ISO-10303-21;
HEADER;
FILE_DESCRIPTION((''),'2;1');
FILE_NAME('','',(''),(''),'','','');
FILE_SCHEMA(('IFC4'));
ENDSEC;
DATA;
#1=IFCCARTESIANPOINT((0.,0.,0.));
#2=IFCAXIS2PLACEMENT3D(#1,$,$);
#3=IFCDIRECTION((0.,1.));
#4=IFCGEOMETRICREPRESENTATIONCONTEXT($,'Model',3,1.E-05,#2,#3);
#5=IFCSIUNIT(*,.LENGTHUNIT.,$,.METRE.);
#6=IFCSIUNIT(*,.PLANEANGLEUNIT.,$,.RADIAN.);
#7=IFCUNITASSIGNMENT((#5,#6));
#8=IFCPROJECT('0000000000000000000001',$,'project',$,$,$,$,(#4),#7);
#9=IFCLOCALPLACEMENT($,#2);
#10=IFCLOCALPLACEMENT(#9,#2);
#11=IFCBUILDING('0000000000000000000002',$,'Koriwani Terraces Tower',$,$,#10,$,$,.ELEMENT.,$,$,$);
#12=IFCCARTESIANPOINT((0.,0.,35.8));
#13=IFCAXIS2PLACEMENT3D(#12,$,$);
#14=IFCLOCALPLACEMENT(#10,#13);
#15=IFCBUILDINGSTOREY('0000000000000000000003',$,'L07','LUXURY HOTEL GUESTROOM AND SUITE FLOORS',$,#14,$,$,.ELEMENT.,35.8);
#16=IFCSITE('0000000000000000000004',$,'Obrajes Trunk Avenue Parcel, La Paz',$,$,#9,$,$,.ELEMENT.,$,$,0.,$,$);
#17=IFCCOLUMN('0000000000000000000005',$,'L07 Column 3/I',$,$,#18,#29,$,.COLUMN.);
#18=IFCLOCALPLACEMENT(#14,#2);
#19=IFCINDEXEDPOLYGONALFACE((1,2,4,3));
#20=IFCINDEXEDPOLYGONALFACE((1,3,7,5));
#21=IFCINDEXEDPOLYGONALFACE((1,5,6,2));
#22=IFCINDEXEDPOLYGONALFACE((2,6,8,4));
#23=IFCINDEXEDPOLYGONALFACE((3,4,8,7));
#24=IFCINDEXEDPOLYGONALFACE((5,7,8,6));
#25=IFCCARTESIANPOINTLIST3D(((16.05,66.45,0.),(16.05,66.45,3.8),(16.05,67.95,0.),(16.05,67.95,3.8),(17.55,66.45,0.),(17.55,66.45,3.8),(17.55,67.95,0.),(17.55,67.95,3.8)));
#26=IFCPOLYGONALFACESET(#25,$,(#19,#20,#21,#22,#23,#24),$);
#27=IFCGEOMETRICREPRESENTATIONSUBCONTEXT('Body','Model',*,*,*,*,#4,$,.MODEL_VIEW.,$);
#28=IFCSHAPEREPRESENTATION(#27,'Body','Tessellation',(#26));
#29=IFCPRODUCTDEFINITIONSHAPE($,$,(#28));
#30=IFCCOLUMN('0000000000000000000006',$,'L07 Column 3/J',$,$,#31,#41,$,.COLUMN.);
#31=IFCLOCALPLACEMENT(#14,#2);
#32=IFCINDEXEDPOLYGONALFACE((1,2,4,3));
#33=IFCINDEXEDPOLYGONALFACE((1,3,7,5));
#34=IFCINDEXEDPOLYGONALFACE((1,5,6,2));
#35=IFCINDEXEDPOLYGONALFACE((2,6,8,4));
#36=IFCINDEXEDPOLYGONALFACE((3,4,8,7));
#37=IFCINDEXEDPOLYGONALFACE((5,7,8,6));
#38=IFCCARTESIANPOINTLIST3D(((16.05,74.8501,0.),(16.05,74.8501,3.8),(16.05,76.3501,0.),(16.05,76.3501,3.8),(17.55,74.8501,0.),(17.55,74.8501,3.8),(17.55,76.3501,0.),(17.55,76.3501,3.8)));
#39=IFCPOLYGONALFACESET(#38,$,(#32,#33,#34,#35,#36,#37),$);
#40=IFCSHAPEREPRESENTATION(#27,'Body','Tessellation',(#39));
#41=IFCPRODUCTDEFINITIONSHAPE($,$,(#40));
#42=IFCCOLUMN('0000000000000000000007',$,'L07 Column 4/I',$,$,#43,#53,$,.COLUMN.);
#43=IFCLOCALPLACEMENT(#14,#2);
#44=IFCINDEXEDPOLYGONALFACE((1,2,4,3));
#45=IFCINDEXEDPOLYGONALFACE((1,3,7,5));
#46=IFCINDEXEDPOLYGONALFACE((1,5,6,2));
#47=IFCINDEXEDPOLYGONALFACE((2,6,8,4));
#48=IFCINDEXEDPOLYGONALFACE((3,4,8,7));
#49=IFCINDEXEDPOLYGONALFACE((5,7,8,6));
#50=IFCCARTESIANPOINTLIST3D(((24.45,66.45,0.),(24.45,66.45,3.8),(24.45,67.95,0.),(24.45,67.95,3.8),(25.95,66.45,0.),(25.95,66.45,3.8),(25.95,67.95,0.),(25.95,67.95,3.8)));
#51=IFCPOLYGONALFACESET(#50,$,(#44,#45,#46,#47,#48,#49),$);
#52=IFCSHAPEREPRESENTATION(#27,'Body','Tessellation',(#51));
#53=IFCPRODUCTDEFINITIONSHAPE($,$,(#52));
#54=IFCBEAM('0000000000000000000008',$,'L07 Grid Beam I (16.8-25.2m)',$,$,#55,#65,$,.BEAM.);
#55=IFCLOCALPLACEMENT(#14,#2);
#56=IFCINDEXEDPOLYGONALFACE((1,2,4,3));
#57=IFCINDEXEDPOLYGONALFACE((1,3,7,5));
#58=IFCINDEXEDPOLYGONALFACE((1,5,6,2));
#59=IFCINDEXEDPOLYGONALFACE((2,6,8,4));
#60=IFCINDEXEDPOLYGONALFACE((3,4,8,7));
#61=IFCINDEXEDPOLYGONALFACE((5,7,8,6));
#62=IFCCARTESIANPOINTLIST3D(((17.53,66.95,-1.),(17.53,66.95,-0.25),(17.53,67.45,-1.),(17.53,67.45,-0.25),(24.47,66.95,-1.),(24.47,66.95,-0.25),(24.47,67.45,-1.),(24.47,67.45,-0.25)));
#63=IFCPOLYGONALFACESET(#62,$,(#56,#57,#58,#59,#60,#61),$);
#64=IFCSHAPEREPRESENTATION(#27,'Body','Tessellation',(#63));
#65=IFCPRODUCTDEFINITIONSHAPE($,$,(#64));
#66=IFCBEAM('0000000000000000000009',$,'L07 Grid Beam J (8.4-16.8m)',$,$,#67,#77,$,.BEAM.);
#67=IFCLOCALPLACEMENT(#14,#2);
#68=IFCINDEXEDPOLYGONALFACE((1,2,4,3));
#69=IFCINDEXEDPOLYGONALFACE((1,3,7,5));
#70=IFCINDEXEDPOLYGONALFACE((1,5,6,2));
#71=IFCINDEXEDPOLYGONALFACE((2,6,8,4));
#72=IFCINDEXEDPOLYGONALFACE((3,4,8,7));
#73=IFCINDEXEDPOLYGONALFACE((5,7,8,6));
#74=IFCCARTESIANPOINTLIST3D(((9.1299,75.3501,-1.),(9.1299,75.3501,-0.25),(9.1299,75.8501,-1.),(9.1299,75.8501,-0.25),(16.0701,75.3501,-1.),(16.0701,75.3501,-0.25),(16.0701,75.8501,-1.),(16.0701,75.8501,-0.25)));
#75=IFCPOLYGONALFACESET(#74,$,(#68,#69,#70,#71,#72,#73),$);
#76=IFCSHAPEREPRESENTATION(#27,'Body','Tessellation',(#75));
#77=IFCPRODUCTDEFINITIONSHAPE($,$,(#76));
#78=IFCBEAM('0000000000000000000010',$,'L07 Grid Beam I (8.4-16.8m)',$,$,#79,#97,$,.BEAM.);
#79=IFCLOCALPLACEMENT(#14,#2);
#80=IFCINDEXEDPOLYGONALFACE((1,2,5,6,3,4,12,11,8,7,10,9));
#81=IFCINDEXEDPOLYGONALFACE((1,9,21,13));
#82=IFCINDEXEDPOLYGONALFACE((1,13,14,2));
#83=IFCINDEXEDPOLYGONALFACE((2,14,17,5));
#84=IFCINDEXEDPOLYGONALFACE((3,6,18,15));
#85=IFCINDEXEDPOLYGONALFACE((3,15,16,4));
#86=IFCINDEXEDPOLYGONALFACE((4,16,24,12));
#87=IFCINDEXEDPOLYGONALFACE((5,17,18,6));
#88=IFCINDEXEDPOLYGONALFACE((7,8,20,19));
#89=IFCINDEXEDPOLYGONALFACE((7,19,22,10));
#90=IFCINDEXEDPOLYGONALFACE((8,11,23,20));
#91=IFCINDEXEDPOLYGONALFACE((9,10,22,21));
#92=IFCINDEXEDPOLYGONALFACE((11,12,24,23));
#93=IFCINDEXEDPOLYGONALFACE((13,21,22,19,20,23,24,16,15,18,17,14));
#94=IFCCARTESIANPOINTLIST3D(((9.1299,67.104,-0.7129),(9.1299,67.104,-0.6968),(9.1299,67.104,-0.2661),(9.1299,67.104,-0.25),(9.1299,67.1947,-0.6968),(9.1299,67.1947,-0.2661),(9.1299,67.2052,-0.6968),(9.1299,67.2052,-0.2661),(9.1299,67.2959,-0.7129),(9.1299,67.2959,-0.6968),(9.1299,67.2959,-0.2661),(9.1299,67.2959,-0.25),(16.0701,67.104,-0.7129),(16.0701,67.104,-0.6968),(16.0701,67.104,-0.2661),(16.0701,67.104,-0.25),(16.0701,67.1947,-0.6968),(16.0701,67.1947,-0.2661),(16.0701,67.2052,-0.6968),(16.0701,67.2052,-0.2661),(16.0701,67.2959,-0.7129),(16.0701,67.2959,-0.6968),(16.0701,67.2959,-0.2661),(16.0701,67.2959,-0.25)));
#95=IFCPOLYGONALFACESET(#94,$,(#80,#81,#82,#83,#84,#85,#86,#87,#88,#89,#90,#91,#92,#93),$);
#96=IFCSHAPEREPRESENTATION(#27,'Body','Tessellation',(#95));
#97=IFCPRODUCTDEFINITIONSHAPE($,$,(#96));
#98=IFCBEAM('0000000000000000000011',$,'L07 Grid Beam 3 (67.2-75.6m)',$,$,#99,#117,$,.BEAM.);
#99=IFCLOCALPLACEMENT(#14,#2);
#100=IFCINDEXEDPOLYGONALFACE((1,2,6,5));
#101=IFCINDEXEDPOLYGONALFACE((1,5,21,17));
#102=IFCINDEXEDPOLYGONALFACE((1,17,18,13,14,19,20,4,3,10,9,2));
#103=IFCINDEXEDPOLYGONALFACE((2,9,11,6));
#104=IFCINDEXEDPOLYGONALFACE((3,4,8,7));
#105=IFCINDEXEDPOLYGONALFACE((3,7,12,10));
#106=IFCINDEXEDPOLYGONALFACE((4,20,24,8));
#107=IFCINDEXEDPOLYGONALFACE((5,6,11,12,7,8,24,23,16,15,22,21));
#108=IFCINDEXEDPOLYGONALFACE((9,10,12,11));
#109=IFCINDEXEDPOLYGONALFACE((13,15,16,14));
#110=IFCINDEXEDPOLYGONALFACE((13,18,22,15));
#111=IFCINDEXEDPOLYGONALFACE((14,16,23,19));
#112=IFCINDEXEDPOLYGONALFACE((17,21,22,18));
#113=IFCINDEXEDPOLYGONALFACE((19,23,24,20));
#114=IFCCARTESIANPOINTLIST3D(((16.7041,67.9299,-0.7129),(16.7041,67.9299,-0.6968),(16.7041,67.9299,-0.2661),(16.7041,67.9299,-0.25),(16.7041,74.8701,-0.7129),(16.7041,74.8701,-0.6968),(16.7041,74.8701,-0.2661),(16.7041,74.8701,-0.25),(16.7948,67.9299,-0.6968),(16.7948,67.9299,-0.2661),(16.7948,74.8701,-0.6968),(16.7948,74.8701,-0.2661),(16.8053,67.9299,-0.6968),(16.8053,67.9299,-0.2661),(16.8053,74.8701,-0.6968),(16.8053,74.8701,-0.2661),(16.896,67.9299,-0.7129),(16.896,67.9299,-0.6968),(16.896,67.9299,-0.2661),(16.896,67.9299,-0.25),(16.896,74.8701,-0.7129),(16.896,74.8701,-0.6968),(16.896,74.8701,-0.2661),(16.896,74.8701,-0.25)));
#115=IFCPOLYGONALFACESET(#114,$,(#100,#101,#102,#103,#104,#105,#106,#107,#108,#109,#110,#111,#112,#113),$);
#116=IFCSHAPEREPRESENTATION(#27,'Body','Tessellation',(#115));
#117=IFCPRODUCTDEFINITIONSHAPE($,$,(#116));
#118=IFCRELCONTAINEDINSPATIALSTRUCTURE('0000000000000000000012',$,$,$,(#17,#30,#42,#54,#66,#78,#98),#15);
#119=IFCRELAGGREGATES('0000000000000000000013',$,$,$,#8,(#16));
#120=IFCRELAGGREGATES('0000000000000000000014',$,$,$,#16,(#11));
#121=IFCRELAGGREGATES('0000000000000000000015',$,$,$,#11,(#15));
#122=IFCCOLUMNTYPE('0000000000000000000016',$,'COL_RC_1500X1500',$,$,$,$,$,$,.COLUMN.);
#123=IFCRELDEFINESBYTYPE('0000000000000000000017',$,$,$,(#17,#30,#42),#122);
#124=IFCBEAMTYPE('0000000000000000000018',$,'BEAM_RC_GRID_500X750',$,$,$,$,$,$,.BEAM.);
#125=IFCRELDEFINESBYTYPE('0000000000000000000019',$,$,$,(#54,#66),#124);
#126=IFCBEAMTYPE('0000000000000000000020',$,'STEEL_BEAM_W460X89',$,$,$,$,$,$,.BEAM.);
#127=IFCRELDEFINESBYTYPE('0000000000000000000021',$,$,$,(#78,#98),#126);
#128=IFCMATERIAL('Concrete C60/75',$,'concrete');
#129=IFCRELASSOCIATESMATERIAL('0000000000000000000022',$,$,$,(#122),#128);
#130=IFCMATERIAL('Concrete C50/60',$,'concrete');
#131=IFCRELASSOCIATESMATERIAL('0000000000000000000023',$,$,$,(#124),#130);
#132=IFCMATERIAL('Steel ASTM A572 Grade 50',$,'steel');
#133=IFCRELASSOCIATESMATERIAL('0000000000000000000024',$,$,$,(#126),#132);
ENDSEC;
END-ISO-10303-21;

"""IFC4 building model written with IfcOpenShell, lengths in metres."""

from ifc_helpers import new_model, si_unit, direction, frame, origin, origin_2d, place, context, subcontext, project, spatial, rectangle, i_section, extrude, material, material_profile, profile_set, type_object, element, save


model = new_model("IFC4")

# Units and contexts
model_context = context("Model", 3, precision=1e-05, world=origin(), true_north=direction((0.0, 1.0)))
body_context = subcontext(model_context, "Body", "Model", "MODEL_VIEW")
ifc_project = project(units=[si_unit("LENGTHUNIT", "METRE"), si_unit("PLANEANGLEUNIT", "RADIAN")], contexts=[model_context])

# Site, building, storey
site_placement = place(None, origin())
site = spatial("IfcSite", under=ifc_project, at=site_placement, Name="Obrajes Trunk Avenue Parcel, La Paz", CompositionType="ELEMENT", RefElevation=0.0)
building_placement = place(site_placement, origin())
building = spatial("IfcBuilding", under=site, at=building_placement, Name="Koriwani Terraces Tower", CompositionType="ELEMENT")
storey_placement = place(building_placement, frame((0.0, 0.0, 35.8)))
storey = spatial("IfcBuildingStorey", under=building, at=storey_placement, Name="L07", Description="LUXURY HOTEL GUESTROOM AND SUITE FLOORS", CompositionType="ELEMENT", Elevation=35.8)

# Columns
ifc_material_1 = material(Name="Concrete C60/75", Category="concrete")
ifc_material_profile_1 = material_profile(ifc_material_1, rectangle(XDim=1.5, YDim=1.5, at=origin_2d()), Name="Concrete C60/75", Category="LoadBearing")
ifc_profile_set_1 = profile_set([ifc_material_profile_1], Name="Concrete C60/75")
column_type = type_object("IfcColumnType", Name="COL_RC_1500X1500", PredefinedType="COLUMN", material=ifc_profile_set_1)
for number, where, z_axis, x_axis, name in (
    (1, (16.8, 67.2, 0.0), (0.0, 0.0, 1.0), (1.0, 0.0, 0.0), "L07 Column 3/I"),
    (2, (16.8, 75.6001, 0.0), (0.0, 0.0, 1.0), (1.0, 0.0, 0.0), "L07 Column 3/J"),
    (3, (25.2, 67.2, 0.0), (0.0, 0.0, 1.0), (1.0, 0.0, 0.0), "L07 Column 4/I"),
):
    element("IfcColumn", number, at=place(storey_placement, frame(where, z_axis=z_axis, x_axis=x_axis)), inside=storey, type_object=column_type, Name=name, PredefinedType="COLUMN", context=body_context, shape_type="SweptSolid", body=[
        extrude(rectangle(XDim=1.5, YDim=1.5, at=origin_2d()), origin(), (0.0, 0.0, 1.0), 3.8),
    ])

# Beams
ifc_material_2 = material(Name="Concrete C50/60", Category="concrete")
ifc_material_profile_2 = material_profile(ifc_material_2, rectangle(XDim=0.5, YDim=0.75, at=origin_2d()), Name="Concrete C50/60", Category="LoadBearing")
ifc_profile_set_2 = profile_set([ifc_material_profile_2], Name="Concrete C50/60")
beam_type_1 = type_object("IfcBeamType", Name="BEAM_RC_GRID_500X750", PredefinedType="BEAM", material=ifc_profile_set_2)
beam_1_placement = place(storey_placement, frame((17.53, 67.2, -0.625), z_axis=(1.0, 0.0, 0.0), x_axis=(0.0, 1.0, 0.0)))
element("IfcBeam", 4, at=beam_1_placement, inside=storey, type_object=beam_type_1, Name="L07 Grid Beam I (16.8-25.2m)", PredefinedType="BEAM", context=body_context, shape_type="SweptSolid", body=[
    extrude(rectangle(XDim=0.5, YDim=0.75, at=origin_2d()), origin(), (0.0, 0.0, 1.0), 6.9399),
])
beam_2_placement = place(storey_placement, frame((9.1299, 75.6001, -0.625), z_axis=(1.0, 0.0, 0.0), x_axis=(0.0, 1.0, 0.0)))
element("IfcBeam", 5, at=beam_2_placement, inside=storey, type_object=beam_type_1, Name="L07 Grid Beam J (8.4-16.8m)", PredefinedType="BEAM", context=body_context, shape_type="SweptSolid", body=[
    extrude(rectangle(XDim=0.5, YDim=0.75, at=origin_2d()), origin(), (0.0, 0.0, 1.0), 6.9402),
])
ifc_material_3 = material(Name="Steel ASTM A572 Grade 50", Category="steel")
ifc_material_profile_3 = material_profile(ifc_material_3, i_section(OverallWidth=0.1919, OverallDepth=0.4629, WebThickness=0.0105, FlangeThickness=0.0161, at=origin_2d()), Name="Steel ASTM A572 Grade 50", Category="LoadBearing")
ifc_profile_set_3 = profile_set([ifc_material_profile_3], Name="Steel ASTM A572 Grade 50")
beam_type_2 = type_object("IfcBeamType", Name="STEEL_BEAM_W460X89", PredefinedType="BEAM", material=ifc_profile_set_3)
for number, where, z_axis, x_axis, name in (
    (6, (9.1299, 67.2, -0.4814), (1.0, 0.0, 0.0), (0.0, 1.0, 0.0), "L07 Grid Beam I (8.4-16.8m)"),
    (7, (16.8, 67.9299, -0.4814), (0.0, 1.0, 0.0), (-1.0, 0.0, 0.0), "L07 Grid Beam 3 (67.2-75.6m)"),
):
    element("IfcBeam", number, at=place(storey_placement, frame(where, z_axis=z_axis, x_axis=x_axis)), inside=storey, type_object=beam_type_2, Name=name, PredefinedType="BEAM", context=body_context, shape_type="SweptSolid", body=[
        extrude(i_section(OverallWidth=0.1919, OverallDepth=0.4629, WebThickness=0.0105, FlangeThickness=0.0161, at=origin_2d()), origin(), (0.0, 0.0, 1.0), 6.9402),
    ])

save(model, "model.ifc")
